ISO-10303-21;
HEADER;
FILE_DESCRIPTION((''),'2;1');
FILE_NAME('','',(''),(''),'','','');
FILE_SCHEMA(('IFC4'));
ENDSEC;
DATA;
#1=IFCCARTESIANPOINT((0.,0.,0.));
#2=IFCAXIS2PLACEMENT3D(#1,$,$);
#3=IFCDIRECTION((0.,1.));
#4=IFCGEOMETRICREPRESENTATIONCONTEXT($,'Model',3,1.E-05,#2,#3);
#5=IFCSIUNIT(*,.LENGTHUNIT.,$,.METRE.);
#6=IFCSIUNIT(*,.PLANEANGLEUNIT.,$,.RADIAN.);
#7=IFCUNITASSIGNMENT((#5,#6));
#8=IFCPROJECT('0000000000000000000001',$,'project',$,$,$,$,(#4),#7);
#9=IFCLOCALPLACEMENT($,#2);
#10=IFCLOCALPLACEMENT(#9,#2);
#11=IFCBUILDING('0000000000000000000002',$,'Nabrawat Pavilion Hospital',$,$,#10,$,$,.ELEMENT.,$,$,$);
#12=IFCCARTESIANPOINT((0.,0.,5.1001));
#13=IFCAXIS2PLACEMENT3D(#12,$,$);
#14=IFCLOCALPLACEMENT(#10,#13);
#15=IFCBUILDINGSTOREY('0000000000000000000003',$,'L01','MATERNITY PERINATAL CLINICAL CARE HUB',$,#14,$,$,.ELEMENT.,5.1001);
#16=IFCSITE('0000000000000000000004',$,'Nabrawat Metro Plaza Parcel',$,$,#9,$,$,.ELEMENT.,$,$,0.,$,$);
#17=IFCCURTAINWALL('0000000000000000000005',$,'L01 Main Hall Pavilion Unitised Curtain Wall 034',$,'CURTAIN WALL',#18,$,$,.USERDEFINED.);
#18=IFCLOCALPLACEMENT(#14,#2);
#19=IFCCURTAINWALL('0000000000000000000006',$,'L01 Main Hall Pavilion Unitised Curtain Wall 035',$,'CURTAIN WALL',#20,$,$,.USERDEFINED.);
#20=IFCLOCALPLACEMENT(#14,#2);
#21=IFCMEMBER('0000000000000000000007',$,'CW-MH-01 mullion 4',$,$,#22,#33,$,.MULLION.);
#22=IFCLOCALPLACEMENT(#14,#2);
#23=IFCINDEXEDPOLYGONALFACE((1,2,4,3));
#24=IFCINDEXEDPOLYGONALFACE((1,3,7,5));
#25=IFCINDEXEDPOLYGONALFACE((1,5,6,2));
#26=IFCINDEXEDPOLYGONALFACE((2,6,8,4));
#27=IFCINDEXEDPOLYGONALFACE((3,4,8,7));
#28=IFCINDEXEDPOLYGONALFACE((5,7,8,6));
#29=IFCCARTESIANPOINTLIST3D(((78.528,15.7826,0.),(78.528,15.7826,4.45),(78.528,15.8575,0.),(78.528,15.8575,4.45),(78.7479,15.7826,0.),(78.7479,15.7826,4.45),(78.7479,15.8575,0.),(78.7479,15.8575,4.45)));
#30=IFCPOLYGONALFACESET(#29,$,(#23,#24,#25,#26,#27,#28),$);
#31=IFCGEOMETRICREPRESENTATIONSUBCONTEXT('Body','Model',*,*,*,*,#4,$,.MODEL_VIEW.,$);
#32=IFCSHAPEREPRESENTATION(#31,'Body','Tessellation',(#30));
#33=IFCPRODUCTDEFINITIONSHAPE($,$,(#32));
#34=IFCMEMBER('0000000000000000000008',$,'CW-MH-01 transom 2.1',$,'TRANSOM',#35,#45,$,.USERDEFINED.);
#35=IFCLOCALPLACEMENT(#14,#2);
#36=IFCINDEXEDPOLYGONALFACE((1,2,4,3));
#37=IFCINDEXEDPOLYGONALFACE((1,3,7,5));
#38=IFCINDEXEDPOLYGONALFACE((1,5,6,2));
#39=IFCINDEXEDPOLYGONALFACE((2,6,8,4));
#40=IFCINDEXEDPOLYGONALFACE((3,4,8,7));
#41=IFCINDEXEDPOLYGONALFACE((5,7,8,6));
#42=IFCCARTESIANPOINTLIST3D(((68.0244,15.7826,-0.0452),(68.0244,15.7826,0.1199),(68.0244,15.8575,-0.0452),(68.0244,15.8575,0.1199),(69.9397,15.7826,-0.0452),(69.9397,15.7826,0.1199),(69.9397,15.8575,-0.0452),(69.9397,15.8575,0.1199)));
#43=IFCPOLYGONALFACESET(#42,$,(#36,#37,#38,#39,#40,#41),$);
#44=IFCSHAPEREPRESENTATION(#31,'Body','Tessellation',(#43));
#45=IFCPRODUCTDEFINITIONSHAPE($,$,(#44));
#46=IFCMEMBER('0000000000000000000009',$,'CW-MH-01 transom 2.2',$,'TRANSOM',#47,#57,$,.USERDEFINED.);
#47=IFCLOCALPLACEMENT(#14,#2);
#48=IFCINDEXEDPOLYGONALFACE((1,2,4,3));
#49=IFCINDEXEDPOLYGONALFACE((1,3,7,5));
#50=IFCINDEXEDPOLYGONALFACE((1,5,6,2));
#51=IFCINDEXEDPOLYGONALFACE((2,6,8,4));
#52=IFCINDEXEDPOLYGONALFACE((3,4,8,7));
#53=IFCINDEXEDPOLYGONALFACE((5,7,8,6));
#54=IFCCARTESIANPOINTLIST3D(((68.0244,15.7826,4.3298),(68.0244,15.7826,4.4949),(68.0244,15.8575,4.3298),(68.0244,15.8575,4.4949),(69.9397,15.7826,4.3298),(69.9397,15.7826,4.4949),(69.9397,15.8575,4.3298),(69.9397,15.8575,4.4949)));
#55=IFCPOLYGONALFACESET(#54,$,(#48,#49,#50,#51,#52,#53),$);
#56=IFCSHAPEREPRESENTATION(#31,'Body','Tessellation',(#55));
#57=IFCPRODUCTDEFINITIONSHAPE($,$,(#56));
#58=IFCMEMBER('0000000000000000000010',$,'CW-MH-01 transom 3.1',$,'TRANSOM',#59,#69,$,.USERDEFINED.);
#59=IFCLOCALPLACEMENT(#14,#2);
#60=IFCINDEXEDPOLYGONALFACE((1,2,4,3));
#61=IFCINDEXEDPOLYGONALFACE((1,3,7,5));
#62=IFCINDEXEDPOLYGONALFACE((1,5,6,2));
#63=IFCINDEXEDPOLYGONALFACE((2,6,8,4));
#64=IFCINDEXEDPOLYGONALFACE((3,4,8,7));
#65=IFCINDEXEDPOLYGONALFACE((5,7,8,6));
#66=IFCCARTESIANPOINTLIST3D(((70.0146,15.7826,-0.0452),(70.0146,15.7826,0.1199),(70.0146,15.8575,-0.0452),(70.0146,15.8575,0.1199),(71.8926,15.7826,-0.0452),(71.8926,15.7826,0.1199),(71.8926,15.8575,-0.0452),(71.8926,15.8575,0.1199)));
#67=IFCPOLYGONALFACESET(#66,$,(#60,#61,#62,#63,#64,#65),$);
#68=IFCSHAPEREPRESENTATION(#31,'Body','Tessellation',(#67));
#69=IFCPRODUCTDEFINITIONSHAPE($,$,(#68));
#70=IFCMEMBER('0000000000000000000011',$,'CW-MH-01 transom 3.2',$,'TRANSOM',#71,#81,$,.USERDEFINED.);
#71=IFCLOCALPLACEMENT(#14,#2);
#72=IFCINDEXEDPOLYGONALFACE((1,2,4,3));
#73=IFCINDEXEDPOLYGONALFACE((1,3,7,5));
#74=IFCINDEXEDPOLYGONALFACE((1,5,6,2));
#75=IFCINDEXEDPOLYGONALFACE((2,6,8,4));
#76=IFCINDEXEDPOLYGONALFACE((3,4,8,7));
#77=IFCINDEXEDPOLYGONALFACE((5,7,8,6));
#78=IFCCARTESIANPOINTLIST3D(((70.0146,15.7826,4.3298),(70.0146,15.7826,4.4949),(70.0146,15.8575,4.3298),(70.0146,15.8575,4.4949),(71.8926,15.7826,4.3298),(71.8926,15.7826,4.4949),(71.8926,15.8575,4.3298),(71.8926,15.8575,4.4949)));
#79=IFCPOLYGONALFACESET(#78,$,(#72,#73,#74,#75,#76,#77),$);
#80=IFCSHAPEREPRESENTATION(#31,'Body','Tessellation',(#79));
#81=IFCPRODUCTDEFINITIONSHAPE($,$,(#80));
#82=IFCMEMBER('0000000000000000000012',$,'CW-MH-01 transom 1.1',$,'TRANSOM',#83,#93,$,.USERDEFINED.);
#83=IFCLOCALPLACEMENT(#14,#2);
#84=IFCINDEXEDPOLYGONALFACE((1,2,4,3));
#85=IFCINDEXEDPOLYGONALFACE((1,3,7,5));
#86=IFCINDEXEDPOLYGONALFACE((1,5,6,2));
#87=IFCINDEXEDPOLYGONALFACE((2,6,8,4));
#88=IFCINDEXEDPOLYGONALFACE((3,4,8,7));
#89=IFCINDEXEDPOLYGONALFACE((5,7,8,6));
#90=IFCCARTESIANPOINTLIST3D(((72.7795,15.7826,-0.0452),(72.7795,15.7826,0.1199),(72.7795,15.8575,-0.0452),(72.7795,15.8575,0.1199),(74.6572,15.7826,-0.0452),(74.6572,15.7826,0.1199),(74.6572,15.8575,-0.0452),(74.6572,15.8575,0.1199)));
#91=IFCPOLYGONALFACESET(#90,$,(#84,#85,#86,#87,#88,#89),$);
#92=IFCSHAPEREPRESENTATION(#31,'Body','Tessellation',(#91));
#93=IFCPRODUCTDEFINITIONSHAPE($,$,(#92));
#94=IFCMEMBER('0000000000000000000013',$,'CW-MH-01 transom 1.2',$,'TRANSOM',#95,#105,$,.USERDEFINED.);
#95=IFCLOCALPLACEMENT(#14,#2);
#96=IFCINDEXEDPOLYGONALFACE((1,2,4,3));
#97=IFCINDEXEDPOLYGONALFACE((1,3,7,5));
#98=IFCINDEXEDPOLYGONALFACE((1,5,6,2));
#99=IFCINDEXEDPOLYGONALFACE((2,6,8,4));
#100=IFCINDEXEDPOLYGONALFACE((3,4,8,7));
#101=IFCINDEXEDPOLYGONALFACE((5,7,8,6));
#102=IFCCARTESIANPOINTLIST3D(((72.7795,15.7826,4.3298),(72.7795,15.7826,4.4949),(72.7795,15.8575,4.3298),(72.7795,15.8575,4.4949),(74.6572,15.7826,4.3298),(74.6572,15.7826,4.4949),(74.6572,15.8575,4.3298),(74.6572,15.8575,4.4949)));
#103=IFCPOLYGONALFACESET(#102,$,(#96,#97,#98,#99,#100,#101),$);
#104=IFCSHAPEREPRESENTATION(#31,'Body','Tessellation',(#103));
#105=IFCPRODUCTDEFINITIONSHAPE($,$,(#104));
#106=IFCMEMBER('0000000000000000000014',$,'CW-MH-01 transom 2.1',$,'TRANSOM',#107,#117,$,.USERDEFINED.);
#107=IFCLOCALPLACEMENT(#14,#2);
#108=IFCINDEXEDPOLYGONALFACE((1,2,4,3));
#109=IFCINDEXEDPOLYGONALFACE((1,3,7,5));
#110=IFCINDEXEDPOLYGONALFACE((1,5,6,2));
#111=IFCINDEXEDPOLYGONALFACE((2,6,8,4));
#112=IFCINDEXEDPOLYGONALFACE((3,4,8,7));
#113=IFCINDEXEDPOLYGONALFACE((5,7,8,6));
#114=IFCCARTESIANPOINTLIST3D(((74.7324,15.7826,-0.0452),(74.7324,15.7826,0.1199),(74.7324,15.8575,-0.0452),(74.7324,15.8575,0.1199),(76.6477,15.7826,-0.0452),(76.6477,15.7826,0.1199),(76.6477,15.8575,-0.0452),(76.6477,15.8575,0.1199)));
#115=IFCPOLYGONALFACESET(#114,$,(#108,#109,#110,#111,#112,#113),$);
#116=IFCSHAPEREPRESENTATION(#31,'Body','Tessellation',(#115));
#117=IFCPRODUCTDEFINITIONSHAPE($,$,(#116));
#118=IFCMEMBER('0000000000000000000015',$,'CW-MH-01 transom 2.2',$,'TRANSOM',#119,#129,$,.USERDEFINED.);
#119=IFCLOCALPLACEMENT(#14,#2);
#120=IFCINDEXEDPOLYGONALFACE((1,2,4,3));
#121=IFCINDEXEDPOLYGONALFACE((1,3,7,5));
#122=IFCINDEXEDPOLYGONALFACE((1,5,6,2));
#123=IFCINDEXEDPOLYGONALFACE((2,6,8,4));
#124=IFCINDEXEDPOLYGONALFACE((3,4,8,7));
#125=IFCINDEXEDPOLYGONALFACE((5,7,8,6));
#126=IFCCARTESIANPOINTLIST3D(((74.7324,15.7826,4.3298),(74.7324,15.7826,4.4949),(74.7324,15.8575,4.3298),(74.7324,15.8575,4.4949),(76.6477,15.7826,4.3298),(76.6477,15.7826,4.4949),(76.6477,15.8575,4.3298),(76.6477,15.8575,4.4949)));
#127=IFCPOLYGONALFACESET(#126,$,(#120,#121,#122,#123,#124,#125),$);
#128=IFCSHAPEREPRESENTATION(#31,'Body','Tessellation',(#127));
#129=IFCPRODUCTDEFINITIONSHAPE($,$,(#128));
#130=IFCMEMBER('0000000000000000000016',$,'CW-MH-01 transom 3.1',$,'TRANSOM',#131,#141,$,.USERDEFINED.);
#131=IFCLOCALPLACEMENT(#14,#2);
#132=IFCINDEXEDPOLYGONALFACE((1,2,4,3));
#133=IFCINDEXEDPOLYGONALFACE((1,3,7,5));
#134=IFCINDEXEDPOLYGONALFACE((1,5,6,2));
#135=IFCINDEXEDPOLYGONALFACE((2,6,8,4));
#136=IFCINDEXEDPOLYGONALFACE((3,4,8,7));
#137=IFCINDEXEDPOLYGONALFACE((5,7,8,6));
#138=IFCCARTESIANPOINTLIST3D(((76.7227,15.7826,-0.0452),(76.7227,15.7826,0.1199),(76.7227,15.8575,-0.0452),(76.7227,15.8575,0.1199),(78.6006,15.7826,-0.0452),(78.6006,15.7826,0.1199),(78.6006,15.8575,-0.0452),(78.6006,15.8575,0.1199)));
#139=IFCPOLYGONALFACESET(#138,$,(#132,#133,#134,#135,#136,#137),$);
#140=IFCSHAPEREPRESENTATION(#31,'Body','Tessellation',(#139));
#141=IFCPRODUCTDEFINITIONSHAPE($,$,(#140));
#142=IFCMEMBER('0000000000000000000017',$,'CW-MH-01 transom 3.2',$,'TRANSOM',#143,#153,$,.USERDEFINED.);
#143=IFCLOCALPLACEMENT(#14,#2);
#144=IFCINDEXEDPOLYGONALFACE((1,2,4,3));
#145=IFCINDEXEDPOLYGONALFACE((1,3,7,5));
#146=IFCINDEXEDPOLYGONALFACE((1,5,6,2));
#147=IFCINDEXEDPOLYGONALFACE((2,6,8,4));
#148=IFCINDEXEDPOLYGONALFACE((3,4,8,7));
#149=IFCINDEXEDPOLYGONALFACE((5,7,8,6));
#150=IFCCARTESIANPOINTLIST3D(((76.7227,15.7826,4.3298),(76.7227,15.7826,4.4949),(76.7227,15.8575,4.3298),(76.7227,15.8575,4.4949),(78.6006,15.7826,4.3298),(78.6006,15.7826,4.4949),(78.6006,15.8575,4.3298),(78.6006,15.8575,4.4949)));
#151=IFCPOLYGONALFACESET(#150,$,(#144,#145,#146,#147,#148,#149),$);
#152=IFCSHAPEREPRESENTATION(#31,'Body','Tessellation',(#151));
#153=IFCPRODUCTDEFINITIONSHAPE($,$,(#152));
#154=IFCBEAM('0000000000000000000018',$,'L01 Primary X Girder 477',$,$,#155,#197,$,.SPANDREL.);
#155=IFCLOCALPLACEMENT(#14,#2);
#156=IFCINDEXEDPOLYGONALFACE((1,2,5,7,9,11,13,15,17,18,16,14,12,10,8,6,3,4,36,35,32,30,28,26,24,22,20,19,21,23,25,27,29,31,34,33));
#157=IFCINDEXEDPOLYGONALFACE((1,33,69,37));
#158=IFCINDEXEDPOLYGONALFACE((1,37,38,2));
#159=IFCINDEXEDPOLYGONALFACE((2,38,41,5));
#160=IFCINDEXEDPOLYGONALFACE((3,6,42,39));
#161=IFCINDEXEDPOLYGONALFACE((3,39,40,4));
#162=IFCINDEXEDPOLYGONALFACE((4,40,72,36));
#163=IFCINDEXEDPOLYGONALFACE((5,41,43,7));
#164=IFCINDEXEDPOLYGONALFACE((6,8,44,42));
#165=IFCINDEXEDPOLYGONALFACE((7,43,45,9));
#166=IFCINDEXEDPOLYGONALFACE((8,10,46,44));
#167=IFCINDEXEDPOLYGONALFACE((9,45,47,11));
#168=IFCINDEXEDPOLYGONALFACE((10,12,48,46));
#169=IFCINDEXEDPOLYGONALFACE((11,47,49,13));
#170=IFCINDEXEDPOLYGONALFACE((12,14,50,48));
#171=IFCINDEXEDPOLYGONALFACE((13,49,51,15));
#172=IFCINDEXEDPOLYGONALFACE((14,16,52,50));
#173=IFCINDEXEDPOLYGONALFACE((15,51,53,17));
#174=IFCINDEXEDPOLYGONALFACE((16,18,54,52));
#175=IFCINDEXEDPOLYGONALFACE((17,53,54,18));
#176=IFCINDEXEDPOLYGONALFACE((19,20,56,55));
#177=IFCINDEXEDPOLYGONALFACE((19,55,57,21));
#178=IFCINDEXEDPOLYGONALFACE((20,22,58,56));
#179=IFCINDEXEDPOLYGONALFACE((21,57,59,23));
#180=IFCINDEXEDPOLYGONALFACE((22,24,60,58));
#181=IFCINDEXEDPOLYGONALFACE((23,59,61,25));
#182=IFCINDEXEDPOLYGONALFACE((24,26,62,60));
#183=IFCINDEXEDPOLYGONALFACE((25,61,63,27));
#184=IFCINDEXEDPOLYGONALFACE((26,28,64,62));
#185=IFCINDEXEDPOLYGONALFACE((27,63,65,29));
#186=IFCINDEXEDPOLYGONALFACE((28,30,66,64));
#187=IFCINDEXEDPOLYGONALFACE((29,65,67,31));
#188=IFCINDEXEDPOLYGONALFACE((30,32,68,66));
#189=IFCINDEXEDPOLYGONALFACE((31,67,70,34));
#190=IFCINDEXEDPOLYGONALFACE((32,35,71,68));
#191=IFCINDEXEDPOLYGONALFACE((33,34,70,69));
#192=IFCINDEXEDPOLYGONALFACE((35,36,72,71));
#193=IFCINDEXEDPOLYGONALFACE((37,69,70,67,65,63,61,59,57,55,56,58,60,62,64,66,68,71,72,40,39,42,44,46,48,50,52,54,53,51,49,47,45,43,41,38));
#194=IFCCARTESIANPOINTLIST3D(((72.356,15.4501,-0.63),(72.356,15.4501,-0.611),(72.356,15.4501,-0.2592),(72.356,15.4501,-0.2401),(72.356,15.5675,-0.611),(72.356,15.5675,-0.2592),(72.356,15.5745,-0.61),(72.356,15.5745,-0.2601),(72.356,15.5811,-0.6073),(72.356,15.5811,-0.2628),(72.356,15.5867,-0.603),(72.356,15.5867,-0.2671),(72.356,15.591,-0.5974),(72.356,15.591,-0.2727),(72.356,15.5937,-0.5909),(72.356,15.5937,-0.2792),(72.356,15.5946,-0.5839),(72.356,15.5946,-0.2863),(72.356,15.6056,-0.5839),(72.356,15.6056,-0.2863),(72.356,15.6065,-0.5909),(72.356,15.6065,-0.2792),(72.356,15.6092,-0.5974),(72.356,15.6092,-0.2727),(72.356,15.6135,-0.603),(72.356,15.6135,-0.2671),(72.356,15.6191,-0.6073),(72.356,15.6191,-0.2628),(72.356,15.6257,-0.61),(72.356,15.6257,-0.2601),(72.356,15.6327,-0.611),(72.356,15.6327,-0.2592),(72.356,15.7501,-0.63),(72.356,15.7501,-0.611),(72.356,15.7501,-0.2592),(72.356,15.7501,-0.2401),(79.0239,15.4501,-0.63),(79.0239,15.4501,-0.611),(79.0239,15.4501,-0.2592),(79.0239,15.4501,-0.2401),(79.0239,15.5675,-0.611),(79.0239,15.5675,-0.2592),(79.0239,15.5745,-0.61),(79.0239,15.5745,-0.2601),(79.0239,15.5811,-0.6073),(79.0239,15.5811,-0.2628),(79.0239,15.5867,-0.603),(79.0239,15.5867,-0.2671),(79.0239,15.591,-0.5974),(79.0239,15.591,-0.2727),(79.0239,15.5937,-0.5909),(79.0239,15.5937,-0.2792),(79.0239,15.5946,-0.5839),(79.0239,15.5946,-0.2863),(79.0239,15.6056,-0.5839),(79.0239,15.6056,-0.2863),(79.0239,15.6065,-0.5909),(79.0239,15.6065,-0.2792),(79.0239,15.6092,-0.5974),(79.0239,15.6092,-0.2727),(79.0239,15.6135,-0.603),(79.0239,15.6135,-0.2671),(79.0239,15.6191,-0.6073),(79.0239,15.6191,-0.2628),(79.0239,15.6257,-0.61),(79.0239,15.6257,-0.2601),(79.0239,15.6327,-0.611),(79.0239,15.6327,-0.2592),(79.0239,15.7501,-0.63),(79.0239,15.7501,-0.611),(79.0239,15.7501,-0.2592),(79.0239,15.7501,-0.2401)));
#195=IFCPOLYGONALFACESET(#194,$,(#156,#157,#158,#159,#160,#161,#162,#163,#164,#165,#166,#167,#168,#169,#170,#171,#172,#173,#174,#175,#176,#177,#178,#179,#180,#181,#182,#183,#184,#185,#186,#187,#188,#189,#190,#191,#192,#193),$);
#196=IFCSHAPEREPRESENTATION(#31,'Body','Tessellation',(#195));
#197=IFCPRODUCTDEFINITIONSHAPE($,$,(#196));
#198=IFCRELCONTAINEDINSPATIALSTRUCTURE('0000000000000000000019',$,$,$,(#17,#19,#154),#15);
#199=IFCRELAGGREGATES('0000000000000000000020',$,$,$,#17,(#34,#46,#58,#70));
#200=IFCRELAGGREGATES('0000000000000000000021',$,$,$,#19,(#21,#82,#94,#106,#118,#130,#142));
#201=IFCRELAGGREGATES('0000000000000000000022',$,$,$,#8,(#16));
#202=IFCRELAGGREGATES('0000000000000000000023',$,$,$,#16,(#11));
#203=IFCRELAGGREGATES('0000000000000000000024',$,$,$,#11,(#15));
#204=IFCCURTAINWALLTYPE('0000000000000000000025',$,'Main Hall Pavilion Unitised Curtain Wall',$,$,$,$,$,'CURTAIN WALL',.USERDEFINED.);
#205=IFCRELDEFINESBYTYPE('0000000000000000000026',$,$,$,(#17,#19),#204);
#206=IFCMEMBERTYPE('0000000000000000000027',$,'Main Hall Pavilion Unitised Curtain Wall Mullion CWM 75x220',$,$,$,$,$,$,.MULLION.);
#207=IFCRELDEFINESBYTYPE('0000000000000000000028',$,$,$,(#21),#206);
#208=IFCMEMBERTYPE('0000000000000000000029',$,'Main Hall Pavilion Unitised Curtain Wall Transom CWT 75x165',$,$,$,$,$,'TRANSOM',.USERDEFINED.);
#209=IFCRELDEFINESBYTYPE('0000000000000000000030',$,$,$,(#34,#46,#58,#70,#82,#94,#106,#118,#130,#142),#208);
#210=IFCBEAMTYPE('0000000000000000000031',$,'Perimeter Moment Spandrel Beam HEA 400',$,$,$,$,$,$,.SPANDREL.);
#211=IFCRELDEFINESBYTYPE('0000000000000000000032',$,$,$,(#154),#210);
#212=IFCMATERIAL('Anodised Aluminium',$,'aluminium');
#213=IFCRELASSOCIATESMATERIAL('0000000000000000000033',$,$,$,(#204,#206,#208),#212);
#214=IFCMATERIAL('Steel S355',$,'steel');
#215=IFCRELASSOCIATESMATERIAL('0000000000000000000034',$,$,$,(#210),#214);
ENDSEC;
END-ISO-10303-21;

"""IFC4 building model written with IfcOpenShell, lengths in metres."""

from ifc_helpers import new_model, si_unit, direction, frame, origin, origin_2d, place, context, subcontext, project, spatial, rectangle, i_section, extrude, material, material_profile, profile_set, type_object, element, aggregate, save


model = new_model("IFC4")

# Units and contexts
model_context = context("Model", 3, precision=1e-05, world=origin(), true_north=direction((0.0, 1.0)))
body_context = subcontext(model_context, "Body", "Model", "MODEL_VIEW")
ifc_project = project(units=[si_unit("LENGTHUNIT", "METRE"), si_unit("PLANEANGLEUNIT", "RADIAN")], contexts=[model_context])

# Site, building, storey
site_placement = place(None, origin())
site = spatial("IfcSite", under=ifc_project, at=site_placement, Name="Nabrawat Metro Plaza Parcel", CompositionType="ELEMENT", RefElevation=0.0)
building_placement = place(site_placement, origin())
building = spatial("IfcBuilding", under=site, at=building_placement, Name="Nabrawat Pavilion Hospital", CompositionType="ELEMENT")
storey_placement = place(building_placement, frame((0.0, 0.0, 5.1001)))
storey = spatial("IfcBuildingStorey", under=building, at=storey_placement, Name="L01", Description="MATERNITY PERINATAL CLINICAL CARE HUB", CompositionType="ELEMENT", Elevation=5.1001)

# Shared definitions
ifc_material_1 = material(Name="Steel S355", Category="steel")

# Curtain walls, member
ifc_material_2 = material(Name="Anodised Aluminium", Category="aluminium")
curtain_wall_type = type_object("IfcCurtainWallType", Name="Main Hall Pavilion Unitised Curtain Wall", ElementType="CURTAIN WALL", PredefinedType="USERDEFINED", material=ifc_material_2)
curtain_wall_1_placement = place(storey_placement, origin())
curtain_wall_1 = element("IfcCurtainWall", 1, at=curtain_wall_1_placement, inside=storey, type_object=curtain_wall_type, Name="L01 Main Hall Pavilion Unitised Curtain Wall 034", ObjectType="CURTAIN WALL", PredefinedType="USERDEFINED")
ifc_material_profile_1 = material_profile(ifc_material_2, rectangle(XDim=0.075, YDim=0.22, at=origin_2d()), Name="CWM 75x220")
ifc_profile_set_1 = profile_set([ifc_material_profile_1], Name="Anodised Aluminium")
member_type_1 = type_object("IfcMemberType", Name="Main Hall Pavilion Unitised Curtain Wall Mullion CWM 75x220", PredefinedType="MULLION", material=ifc_profile_set_1)
curtain_wall_2_placement = place(storey_placement, origin())
curtain_wall_2 = element("IfcCurtainWall", 2, at=curtain_wall_2_placement, inside=storey, type_object=curtain_wall_type, Name="L01 Main Hall Pavilion Unitised Curtain Wall 035", ObjectType="CURTAIN WALL", PredefinedType="USERDEFINED")
member_1_placement = place(storey_placement, frame((78.6379, 15.8201, 0.0), z_axis=(0.0, 0.0, 1.0), x_axis=(0.0, 1.0, 0.0)))
member_1 = element("IfcMember", 3, at=member_1_placement, type_object=member_type_1, Name="CW-MH-01 mullion 4", PredefinedType="MULLION", context=body_context, shape_type="SweptSolid", body=[
    extrude(rectangle(XDim=0.075, YDim=0.22, at=origin_2d()), origin(), (0.0, 0.0, 1.0), 4.45),
])

# Members
ifc_material_profile_2 = material_profile(ifc_material_2, rectangle(XDim=0.075, YDim=0.165, at=origin_2d()), Name="CWT 75x165")
ifc_profile_set_2 = profile_set([ifc_material_profile_2], Name="Anodised Aluminium")
member_type_2 = type_object("IfcMemberType", Name="Main Hall Pavilion Unitised Curtain Wall Transom CWT 75x165", ElementType="TRANSOM", PredefinedType="USERDEFINED", material=ifc_profile_set_2)
member_2_placement = place(storey_placement, frame((68.0244, 15.8201, 0.0374), z_axis=(1.0, 0.0, 0.0), x_axis=(0.0, 1.0, 0.0)))
member_2 = element("IfcMember", 4, at=member_2_placement, type_object=member_type_2, Name="CW-MH-01 transom 2.1", ObjectType="TRANSOM", PredefinedType="USERDEFINED", context=body_context, shape_type="SweptSolid", body=[
    extrude(rectangle(XDim=0.075, YDim=0.165, at=origin_2d()), origin(), (0.0, 0.0, 1.0), 1.9153),
])
member_3_placement = place(storey_placement, frame((68.0244, 15.8201, 4.4124), z_axis=(1.0, 0.0, 0.0), x_axis=(0.0, 1.0, 0.0)))
member_3 = element("IfcMember", 5, at=member_3_placement, type_object=member_type_2, Name="CW-MH-01 transom 2.2", ObjectType="TRANSOM", PredefinedType="USERDEFINED", context=body_context, shape_type="SweptSolid", body=[
    extrude(rectangle(XDim=0.075, YDim=0.165, at=origin_2d()), origin(), (0.0, 0.0, 1.0), 1.9153),
])
member_4_placement = place(storey_placement, frame((70.0146, 15.8201, 0.0374), z_axis=(1.0, 0.0, 0.0), x_axis=(0.0, 1.0, 0.0)))
member_4 = element("IfcMember", 6, at=member_4_placement, type_object=member_type_2, Name="CW-MH-01 transom 3.1", ObjectType="TRANSOM", PredefinedType="USERDEFINED", context=body_context, shape_type="SweptSolid", body=[
    extrude(rectangle(XDim=0.075, YDim=0.165, at=origin_2d()), origin(), (0.0, 0.0, 1.0), 1.8779),
])
member_5_placement = place(storey_placement, frame((70.0146, 15.8201, 4.4124), z_axis=(1.0, 0.0, 0.0), x_axis=(0.0, 1.0, 0.0)))
member_5 = element("IfcMember", 7, at=member_5_placement, type_object=member_type_2, Name="CW-MH-01 transom 3.2", ObjectType="TRANSOM", PredefinedType="USERDEFINED", context=body_context, shape_type="SweptSolid", body=[
    extrude(rectangle(XDim=0.075, YDim=0.165, at=origin_2d()), origin(), (0.0, 0.0, 1.0), 1.8779),
])
member_6_placement = place(storey_placement, frame((72.7795, 15.8201, 0.0374), z_axis=(1.0, 0.0, 0.0), x_axis=(0.0, 1.0, 0.0)))
member_6 = element("IfcMember", 8, at=member_6_placement, type_object=member_type_2, Name="CW-MH-01 transom 1.1", ObjectType="TRANSOM", PredefinedType="USERDEFINED", context=body_context, shape_type="SweptSolid", body=[
    extrude(rectangle(XDim=0.075, YDim=0.165, at=origin_2d()), origin(), (0.0, 0.0, 1.0), 1.8777),
])
member_7_placement = place(storey_placement, frame((72.7795, 15.8201, 4.4124), z_axis=(1.0, 0.0, 0.0), x_axis=(0.0, 1.0, 0.0)))
member_7 = element("IfcMember", 9, at=member_7_placement, type_object=member_type_2, Name="CW-MH-01 transom 1.2", ObjectType="TRANSOM", PredefinedType="USERDEFINED", context=body_context, shape_type="SweptSolid", body=[
    extrude(rectangle(XDim=0.075, YDim=0.165, at=origin_2d()), origin(), (0.0, 0.0, 1.0), 1.8777),
])
member_8_placement = place(storey_placement, frame((74.7324, 15.8201, 0.0374), z_axis=(1.0, 0.0, 0.0), x_axis=(0.0, 1.0, 0.0)))
member_8 = element("IfcMember", 10, at=member_8_placement, type_object=member_type_2, Name="CW-MH-01 transom 2.1", ObjectType="TRANSOM", PredefinedType="USERDEFINED", context=body_context, shape_type="SweptSolid", body=[
    extrude(rectangle(XDim=0.075, YDim=0.165, at=origin_2d()), origin(), (0.0, 0.0, 1.0), 1.9153),
])
member_9_placement = place(storey_placement, frame((74.7324, 15.8201, 4.4124), z_axis=(1.0, 0.0, 0.0), x_axis=(0.0, 1.0, 0.0)))
member_9 = element("IfcMember", 11, at=member_9_placement, type_object=member_type_2, Name="CW-MH-01 transom 2.2", ObjectType="TRANSOM", PredefinedType="USERDEFINED", context=body_context, shape_type="SweptSolid", body=[
    extrude(rectangle(XDim=0.075, YDim=0.165, at=origin_2d()), origin(), (0.0, 0.0, 1.0), 1.9153),
])
member_10_placement = place(storey_placement, frame((76.7227, 15.8201, 0.0374), z_axis=(1.0, 0.0, 0.0), x_axis=(0.0, 1.0, 0.0)))
member_10 = element("IfcMember", 12, at=member_10_placement, type_object=member_type_2, Name="CW-MH-01 transom 3.1", ObjectType="TRANSOM", PredefinedType="USERDEFINED", context=body_context, shape_type="SweptSolid", body=[
    extrude(rectangle(XDim=0.075, YDim=0.165, at=origin_2d()), origin(), (0.0, 0.0, 1.0), 1.8779),
])
member_11_placement = place(storey_placement, frame((76.7227, 15.8201, 4.4124), z_axis=(1.0, 0.0, 0.0), x_axis=(0.0, 1.0, 0.0)))
member_11 = element("IfcMember", 13, at=member_11_placement, type_object=member_type_2, Name="CW-MH-01 transom 3.2", ObjectType="TRANSOM", PredefinedType="USERDEFINED", context=body_context, shape_type="SweptSolid", body=[
    extrude(rectangle(XDim=0.075, YDim=0.165, at=origin_2d()), origin(), (0.0, 0.0, 1.0), 1.8779),
])

# Beam
ifc_material_profile_3 = material_profile(ifc_material_1, i_section(OverallWidth=0.3, OverallDepth=0.3899, WebThickness=0.011, FlangeThickness=0.019, FilletRadius=0.0271, at=origin_2d()), Name="HEA 400")
ifc_profile_set_3 = profile_set([ifc_material_profile_3], Name="Steel S355")
beam_type = type_object("IfcBeamType", Name="Perimeter Moment Spandrel Beam HEA 400", PredefinedType="SPANDREL", material=ifc_profile_set_3)
for number, where, z_axis, x_axis, name in (
    (14, (72.356, 15.6001, -0.4351), (1.0, 0.0, 0.0), (0.0, 1.0, 0.0), "L01 Primary X Girder 477"),
):
    element("IfcBeam", number, at=place(storey_placement, frame(where, z_axis=z_axis, x_axis=x_axis)), inside=storey, type_object=beam_type, Name=name, PredefinedType="SPANDREL", context=body_context, shape_type="SweptSolid", body=[
        extrude(i_section(OverallWidth=0.3, OverallDepth=0.3899, WebThickness=0.011, FlangeThickness=0.019, FilletRadius=0.0271, at=origin_2d()), origin(), (0.0, 0.0, 1.0), 6.668),
    ])

aggregate(curtain_wall_1, [member_2, member_3, member_4, member_5])
aggregate(curtain_wall_2, [member_1, member_6, member_7, member_8, member_9, member_10, member_11])

save(model, "model.ifc")
